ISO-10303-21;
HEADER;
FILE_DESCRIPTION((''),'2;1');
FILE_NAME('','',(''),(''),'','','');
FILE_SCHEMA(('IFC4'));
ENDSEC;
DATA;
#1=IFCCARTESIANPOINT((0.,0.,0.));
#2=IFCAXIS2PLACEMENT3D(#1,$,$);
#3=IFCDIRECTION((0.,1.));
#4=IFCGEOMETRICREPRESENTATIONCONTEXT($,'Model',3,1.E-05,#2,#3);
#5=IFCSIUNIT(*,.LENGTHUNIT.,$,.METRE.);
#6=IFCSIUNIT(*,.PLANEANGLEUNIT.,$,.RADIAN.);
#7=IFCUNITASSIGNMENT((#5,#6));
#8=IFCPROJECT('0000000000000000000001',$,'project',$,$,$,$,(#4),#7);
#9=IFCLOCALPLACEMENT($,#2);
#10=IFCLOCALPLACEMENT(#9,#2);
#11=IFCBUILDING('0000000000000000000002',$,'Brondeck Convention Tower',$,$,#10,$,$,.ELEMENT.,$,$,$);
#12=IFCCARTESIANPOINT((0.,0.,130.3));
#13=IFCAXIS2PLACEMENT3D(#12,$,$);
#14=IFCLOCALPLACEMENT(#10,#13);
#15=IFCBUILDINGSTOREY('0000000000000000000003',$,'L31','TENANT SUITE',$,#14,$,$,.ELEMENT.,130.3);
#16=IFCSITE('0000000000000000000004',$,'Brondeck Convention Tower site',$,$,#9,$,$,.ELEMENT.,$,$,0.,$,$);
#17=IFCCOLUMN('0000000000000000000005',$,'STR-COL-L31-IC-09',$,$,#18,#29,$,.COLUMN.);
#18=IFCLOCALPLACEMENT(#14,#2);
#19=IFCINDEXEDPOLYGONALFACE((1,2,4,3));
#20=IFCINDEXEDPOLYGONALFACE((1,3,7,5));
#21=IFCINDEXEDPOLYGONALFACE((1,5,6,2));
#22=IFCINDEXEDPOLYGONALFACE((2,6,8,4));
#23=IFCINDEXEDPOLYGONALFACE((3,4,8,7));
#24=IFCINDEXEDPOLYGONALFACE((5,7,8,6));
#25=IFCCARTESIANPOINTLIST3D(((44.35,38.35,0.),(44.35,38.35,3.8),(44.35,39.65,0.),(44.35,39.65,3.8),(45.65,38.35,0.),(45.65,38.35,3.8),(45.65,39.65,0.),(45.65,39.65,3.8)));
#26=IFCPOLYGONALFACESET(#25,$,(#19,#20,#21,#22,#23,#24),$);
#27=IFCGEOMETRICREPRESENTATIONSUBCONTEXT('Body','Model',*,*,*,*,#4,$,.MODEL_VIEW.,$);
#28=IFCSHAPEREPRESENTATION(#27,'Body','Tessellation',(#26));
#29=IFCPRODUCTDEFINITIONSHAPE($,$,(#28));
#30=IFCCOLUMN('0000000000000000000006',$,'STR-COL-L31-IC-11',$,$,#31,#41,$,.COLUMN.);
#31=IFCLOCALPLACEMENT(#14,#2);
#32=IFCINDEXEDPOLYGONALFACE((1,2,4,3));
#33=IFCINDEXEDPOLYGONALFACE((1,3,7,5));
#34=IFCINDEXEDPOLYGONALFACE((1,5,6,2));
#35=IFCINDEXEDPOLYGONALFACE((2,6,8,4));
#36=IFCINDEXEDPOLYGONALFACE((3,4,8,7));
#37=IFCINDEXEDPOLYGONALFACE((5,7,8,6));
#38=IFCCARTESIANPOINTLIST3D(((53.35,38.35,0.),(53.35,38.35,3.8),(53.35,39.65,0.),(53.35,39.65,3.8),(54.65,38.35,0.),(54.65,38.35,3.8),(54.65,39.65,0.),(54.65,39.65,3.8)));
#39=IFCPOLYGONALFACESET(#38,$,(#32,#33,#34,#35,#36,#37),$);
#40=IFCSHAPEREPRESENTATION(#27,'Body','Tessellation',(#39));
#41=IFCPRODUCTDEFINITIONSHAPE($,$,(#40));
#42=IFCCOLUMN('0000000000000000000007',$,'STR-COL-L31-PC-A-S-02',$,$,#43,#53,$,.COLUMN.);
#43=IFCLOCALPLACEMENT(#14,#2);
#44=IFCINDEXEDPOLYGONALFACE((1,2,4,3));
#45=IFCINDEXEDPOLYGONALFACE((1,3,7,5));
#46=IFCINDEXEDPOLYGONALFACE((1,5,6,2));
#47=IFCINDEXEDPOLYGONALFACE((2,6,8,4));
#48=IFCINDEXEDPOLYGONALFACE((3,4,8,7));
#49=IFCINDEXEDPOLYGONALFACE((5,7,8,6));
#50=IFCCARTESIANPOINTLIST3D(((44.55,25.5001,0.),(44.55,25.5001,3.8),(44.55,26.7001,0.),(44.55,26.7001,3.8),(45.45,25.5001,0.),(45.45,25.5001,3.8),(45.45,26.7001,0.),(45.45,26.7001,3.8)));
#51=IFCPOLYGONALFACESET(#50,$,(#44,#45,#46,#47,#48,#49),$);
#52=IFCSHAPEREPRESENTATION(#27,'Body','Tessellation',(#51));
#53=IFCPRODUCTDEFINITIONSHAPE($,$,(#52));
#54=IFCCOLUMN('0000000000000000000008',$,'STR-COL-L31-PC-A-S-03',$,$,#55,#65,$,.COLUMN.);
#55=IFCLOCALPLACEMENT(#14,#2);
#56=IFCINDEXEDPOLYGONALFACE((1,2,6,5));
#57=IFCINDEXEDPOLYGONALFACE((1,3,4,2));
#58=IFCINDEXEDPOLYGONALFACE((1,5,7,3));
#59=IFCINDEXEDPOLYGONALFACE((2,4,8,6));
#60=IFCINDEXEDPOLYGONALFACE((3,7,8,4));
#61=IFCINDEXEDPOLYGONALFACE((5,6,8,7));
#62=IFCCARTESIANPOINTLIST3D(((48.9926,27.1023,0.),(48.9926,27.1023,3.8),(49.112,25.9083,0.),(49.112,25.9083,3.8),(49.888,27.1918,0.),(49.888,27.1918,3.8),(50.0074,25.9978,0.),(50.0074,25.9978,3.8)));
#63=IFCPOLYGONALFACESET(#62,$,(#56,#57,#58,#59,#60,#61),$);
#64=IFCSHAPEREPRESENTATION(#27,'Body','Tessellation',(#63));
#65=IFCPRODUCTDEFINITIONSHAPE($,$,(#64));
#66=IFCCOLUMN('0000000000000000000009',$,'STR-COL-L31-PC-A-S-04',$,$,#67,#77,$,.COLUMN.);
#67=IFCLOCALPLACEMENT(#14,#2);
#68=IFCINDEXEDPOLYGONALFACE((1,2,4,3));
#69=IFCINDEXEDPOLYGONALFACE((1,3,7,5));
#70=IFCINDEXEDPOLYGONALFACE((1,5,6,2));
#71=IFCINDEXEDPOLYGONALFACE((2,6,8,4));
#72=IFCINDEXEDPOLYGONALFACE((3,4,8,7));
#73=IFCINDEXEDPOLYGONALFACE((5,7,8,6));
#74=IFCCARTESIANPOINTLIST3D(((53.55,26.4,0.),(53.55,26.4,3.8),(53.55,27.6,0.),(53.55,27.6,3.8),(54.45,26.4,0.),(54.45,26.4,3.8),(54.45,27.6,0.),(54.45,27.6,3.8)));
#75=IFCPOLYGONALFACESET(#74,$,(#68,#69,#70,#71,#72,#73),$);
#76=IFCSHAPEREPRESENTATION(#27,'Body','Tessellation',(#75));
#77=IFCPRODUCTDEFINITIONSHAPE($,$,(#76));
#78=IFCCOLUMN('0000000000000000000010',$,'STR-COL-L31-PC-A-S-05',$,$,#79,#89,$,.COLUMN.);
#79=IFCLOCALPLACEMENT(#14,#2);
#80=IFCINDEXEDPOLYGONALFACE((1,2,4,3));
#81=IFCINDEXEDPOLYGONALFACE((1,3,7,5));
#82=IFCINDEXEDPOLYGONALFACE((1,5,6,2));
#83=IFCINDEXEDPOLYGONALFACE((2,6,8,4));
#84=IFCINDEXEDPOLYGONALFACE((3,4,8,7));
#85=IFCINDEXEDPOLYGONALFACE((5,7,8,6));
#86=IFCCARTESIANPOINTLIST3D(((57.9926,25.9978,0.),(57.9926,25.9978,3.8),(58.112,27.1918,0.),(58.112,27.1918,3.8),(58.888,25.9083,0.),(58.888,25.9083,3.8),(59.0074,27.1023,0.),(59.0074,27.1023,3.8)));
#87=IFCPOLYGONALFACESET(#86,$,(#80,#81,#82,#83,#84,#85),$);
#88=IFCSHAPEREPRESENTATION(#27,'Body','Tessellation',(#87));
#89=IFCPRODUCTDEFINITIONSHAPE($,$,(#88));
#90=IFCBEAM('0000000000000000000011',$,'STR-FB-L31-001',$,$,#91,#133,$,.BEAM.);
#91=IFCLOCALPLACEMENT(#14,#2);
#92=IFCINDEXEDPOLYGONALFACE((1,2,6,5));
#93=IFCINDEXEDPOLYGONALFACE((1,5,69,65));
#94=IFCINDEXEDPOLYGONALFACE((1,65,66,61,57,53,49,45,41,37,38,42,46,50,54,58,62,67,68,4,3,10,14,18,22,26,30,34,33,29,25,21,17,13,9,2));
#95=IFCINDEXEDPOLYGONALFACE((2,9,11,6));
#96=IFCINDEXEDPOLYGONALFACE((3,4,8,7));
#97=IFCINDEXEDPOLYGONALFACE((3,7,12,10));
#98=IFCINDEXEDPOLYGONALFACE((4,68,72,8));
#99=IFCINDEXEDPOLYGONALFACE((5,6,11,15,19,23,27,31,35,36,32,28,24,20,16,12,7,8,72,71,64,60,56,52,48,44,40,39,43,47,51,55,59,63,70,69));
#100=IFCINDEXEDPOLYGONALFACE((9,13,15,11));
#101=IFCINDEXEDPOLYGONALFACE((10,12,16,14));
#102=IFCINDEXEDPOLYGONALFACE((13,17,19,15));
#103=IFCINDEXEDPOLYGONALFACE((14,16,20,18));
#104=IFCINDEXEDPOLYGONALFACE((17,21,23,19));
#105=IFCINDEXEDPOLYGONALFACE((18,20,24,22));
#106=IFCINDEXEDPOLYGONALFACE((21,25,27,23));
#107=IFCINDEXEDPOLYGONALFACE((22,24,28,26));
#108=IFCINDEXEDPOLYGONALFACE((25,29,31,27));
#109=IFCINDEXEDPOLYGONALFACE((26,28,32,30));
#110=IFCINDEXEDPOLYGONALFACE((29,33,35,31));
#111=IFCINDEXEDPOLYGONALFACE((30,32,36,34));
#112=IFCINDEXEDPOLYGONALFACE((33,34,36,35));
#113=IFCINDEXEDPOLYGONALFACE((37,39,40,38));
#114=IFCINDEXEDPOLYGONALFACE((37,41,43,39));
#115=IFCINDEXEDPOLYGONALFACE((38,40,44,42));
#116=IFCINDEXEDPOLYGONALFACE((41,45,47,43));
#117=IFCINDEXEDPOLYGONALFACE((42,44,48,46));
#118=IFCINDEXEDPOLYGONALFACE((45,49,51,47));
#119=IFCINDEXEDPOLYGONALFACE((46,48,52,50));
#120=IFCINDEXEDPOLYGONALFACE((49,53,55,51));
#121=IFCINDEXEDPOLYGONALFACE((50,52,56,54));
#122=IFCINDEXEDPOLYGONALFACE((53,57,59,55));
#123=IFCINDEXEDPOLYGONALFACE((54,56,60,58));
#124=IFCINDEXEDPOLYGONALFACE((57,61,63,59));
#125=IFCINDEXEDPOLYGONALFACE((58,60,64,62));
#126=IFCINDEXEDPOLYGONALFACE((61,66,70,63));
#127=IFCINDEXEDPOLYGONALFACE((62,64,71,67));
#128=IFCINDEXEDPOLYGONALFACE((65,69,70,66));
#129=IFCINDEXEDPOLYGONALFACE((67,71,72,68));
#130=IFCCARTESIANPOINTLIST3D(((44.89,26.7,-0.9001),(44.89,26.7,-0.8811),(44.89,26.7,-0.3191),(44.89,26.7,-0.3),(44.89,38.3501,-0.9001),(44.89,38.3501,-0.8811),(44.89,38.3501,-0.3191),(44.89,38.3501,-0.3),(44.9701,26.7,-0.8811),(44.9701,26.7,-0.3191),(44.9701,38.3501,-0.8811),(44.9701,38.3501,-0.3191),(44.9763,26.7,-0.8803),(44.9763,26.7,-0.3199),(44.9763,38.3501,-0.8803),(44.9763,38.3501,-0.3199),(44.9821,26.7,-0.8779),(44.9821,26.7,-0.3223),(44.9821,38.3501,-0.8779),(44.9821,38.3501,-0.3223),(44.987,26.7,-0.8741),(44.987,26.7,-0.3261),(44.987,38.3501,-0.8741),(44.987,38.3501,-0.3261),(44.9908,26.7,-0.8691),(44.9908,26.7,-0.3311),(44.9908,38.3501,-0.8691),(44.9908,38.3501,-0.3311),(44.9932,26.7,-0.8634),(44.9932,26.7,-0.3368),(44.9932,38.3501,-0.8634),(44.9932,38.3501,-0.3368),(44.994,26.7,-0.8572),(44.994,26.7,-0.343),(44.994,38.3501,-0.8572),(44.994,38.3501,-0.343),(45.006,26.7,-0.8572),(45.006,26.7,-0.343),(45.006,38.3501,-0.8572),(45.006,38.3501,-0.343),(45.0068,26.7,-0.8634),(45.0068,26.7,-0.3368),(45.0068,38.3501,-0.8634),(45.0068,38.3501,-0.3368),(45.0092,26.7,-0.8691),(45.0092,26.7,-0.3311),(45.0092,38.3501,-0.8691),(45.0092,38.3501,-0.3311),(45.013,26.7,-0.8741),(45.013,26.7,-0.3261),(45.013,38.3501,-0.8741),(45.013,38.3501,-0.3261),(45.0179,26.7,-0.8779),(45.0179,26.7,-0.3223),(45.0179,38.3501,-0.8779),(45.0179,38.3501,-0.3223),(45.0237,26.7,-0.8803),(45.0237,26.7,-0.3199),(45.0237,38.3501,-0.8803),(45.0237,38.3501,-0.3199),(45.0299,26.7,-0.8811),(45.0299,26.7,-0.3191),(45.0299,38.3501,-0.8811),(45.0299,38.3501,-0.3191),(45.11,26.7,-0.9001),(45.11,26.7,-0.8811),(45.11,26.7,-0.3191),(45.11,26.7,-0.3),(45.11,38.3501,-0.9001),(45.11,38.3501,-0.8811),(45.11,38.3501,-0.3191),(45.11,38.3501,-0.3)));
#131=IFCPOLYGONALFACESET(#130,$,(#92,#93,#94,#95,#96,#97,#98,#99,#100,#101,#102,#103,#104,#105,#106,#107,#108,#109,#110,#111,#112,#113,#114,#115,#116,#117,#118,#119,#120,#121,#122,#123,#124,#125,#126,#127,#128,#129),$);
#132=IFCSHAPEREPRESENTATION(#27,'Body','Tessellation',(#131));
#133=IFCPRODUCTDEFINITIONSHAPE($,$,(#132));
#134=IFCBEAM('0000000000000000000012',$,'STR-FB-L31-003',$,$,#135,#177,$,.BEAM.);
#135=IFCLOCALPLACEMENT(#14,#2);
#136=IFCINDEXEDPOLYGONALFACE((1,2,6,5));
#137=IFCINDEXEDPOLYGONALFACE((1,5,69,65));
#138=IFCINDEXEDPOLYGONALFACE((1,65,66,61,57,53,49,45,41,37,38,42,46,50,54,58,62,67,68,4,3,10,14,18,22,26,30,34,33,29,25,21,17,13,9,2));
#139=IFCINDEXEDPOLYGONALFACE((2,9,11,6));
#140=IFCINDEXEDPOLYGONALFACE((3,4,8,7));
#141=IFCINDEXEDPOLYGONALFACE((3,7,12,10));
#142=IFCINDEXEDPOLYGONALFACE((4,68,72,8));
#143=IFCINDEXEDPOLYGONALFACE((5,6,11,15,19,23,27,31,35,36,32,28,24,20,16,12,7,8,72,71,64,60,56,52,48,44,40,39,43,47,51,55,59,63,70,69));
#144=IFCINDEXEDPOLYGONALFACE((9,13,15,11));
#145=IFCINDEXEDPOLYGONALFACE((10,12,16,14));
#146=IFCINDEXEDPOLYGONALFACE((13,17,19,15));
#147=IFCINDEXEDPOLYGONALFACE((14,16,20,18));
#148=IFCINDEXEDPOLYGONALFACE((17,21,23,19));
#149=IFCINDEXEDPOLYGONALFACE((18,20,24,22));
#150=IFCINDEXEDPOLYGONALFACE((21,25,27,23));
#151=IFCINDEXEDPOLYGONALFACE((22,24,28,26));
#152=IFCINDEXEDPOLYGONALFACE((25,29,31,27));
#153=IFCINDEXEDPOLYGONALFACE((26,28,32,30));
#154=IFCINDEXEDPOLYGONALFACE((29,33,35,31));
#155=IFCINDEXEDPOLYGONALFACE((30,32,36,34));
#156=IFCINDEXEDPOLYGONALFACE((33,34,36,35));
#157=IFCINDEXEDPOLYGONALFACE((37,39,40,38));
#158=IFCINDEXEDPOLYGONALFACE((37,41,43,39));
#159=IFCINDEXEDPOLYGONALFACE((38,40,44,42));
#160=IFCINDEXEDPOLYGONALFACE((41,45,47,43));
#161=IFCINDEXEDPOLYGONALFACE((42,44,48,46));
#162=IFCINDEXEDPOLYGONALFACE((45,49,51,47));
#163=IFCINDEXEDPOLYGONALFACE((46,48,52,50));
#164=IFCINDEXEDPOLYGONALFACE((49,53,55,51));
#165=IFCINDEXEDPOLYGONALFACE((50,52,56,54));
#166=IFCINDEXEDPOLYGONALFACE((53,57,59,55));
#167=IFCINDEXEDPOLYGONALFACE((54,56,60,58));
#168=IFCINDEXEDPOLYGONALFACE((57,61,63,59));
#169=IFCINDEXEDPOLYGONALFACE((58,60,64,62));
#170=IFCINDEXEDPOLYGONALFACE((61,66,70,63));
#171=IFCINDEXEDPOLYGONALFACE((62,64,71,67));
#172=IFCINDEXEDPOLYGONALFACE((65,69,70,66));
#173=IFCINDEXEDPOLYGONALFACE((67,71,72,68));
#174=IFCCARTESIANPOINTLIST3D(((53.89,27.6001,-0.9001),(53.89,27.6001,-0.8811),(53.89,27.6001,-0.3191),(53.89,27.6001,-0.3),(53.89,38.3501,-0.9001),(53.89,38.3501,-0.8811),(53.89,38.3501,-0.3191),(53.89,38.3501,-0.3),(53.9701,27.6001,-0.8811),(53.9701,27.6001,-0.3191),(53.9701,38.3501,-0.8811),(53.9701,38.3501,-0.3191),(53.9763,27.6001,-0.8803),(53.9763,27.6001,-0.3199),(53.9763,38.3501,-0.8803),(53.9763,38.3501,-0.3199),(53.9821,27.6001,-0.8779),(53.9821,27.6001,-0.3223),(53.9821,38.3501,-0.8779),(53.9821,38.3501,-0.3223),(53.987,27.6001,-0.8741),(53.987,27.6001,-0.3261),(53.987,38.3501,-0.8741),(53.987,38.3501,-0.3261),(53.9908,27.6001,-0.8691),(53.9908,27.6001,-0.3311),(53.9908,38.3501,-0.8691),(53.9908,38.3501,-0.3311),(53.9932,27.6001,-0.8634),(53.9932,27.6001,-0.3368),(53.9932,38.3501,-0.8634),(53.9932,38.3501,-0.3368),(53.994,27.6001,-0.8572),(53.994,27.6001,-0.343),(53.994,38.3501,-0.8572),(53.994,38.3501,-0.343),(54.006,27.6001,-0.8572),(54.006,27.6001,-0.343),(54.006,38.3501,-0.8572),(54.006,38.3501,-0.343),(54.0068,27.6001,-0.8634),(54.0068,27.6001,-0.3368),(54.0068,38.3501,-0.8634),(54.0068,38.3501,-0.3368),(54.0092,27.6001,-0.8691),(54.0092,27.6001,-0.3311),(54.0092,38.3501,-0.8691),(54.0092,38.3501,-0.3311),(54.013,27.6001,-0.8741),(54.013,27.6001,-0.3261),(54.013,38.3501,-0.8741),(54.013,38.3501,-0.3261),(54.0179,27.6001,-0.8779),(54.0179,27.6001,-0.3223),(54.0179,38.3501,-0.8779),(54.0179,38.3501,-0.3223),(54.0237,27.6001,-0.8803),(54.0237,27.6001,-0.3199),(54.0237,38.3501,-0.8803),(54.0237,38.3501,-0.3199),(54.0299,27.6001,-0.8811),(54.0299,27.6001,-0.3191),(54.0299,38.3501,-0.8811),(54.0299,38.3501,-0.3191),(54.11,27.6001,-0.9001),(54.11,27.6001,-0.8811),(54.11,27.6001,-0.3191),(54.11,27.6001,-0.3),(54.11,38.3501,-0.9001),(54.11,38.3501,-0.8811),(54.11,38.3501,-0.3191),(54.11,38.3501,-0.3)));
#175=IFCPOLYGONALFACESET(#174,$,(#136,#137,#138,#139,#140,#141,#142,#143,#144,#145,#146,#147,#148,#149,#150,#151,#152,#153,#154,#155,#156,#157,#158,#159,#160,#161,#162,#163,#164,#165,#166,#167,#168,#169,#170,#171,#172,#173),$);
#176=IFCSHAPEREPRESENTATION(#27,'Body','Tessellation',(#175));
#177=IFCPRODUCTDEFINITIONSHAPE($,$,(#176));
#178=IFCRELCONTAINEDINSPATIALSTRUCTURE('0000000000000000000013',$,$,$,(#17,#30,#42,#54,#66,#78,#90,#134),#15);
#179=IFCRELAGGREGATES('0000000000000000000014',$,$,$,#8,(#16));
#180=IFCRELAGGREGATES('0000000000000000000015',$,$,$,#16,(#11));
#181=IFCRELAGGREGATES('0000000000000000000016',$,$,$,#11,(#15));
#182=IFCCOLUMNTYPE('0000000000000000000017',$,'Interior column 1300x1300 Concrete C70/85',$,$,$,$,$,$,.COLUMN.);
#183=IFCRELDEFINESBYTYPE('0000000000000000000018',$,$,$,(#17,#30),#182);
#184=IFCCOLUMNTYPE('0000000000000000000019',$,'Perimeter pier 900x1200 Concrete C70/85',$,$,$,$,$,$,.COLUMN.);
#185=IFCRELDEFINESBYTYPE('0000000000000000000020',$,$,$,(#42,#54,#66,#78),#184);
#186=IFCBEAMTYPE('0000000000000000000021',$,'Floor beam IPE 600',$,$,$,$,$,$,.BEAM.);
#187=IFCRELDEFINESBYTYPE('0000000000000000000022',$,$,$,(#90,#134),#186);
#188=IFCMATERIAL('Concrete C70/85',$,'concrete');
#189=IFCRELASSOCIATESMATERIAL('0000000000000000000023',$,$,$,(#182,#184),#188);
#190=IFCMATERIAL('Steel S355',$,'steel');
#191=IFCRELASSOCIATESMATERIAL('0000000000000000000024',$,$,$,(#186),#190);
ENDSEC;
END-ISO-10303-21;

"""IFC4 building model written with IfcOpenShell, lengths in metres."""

from ifc_helpers import new_model, si_unit, direction, frame, origin, origin_2d, place, context, subcontext, project, spatial, rectangle, i_section, extrude, material, material_profile, profile_set, type_object, element, save


model = new_model("IFC4")

# Units and contexts
model_context = context("Model", 3, precision=1e-05, world=origin(), true_north=direction((0.0, 1.0)))
body_context = subcontext(model_context, "Body", "Model", "MODEL_VIEW")
ifc_project = project(units=[si_unit("LENGTHUNIT", "METRE"), si_unit("PLANEANGLEUNIT", "RADIAN")], contexts=[model_context])

# Site, building, storey
site_placement = place(None, origin())
site = spatial("IfcSite", under=ifc_project, at=site_placement, Name="Brondeck Convention Tower site", CompositionType="ELEMENT", RefElevation=0.0)
building_placement = place(site_placement, origin())
building = spatial("IfcBuilding", under=site, at=building_placement, Name="Brondeck Convention Tower", CompositionType="ELEMENT")
storey_placement = place(building_placement, frame((0.0, 0.0, 130.3)))
storey = spatial("IfcBuildingStorey", under=building, at=storey_placement, Name="L31", Description="TENANT SUITE", CompositionType="ELEMENT", Elevation=130.3)

# Columns
ifc_material_1 = material(Name="Concrete C70/85", Category="concrete")
ifc_material_profile_1 = material_profile(ifc_material_1, rectangle(XDim=1.3, YDim=1.3, at=origin_2d()), Name="Interior column 1300x1300 Concrete C70/85")
ifc_profile_set_1 = profile_set([ifc_material_profile_1], Name="Concrete C70/85")
column_type_1 = type_object("IfcColumnType", Name="Interior column 1300x1300 Concrete C70/85", PredefinedType="COLUMN", material=ifc_profile_set_1)
for number, where, z_axis, x_axis, name in (
    (1, (45.0, 39.0, 0.0), (0.0, 0.0, 1.0), (1.0, 0.0, 0.0), "STR-COL-L31-IC-09"),
    (2, (54.0, 39.0, 0.0), (0.0, 0.0, 1.0), (1.0, 0.0, 0.0), "STR-COL-L31-IC-11"),
):
    element("IfcColumn", number, at=place(storey_placement, frame(where, z_axis=z_axis, x_axis=x_axis)), inside=storey, type_object=column_type_1, Name=name, PredefinedType="COLUMN", context=body_context, shape_type="SweptSolid", body=[
        extrude(rectangle(XDim=1.3, YDim=1.3, at=origin_2d()), origin(), (0.0, 0.0, 1.0), 3.8),
    ])
ifc_material_profile_2 = material_profile(ifc_material_1, rectangle(XDim=0.8999, YDim=1.2, at=origin_2d()), Name="Perimeter pier 900x1200 Concrete C70/85")
ifc_profile_set_2 = profile_set([ifc_material_profile_2], Name="Concrete C70/85")
column_type_2 = type_object("IfcColumnType", Name="Perimeter pier 900x1200 Concrete C70/85", PredefinedType="COLUMN", material=ifc_profile_set_2)
for number, where, z_axis, x_axis, name in (
    (3, (45.0, 26.1001, 0.0), (0.0, 0.0, 1.0), (1.0, 0.0, 0.0), "STR-COL-L31-PC-A-S-02"),
    (4, (49.5, 26.55, 0.0), (0.0, 0.0, 1.0), (0.995037, 0.099504, 0.0), "STR-COL-L31-PC-A-S-03"),
    (5, (54.0, 27.0, 0.0), (0.0, 0.0, 1.0), (1.0, 0.0, 0.0), "STR-COL-L31-PC-A-S-04"),
    (6, (58.5, 26.55, 0.0), (0.0, 0.0, 1.0), (0.995037, -0.099504, 0.0), "STR-COL-L31-PC-A-S-05"),
):
    element("IfcColumn", number, at=place(storey_placement, frame(where, z_axis=z_axis, x_axis=x_axis)), inside=storey, type_object=column_type_2, Name=name, PredefinedType="COLUMN", context=body_context, shape_type="SweptSolid", body=[
        extrude(rectangle(XDim=0.8999, YDim=1.2, at=origin_2d()), origin(), (0.0, 0.0, 1.0), 3.8),
    ])

# Beams
ifc_material_2 = material(Name="Steel S355", Category="steel")
ifc_material_profile_3 = material_profile(ifc_material_2, i_section(OverallWidth=0.22, OverallDepth=0.6001, WebThickness=0.012, FlangeThickness=0.019, FilletRadius=0.0239, at=origin_2d()), Name="IPE 600")
ifc_profile_set_3 = profile_set([ifc_material_profile_3], Name="Steel S355")
beam_type_1 = type_object("IfcBeamType", Name="Floor beam IPE 600", PredefinedType="BEAM", material=ifc_profile_set_3)
beam_1_placement = place(storey_placement, frame((45.0, 26.7, -0.6001), z_axis=(0.0, 1.0, 0.0), x_axis=(-1.0, 0.0, 0.0)))
element("IfcBeam", 7, at=beam_1_placement, inside=storey, type_object=beam_type_1, Name="STR-FB-L31-001", PredefinedType="BEAM", context=body_context, shape_type="SweptSolid", body=[
    extrude(i_section(OverallWidth=0.22, OverallDepth=0.6001, WebThickness=0.012, FlangeThickness=0.019, FilletRadius=0.0239, at=origin_2d()), origin(), (0.0, 0.0, 1.0), 11.6501),
])
beam_2_placement = place(storey_placement, frame((54.0, 27.6001, -0.6001), z_axis=(0.0, 1.0, 0.0), x_axis=(-1.0, 0.0, 0.0)))
element("IfcBeam", 8, at=beam_2_placement, inside=storey, type_object=beam_type_1, Name="STR-FB-L31-003", PredefinedType="BEAM", context=body_context, shape_type="SweptSolid", body=[
    extrude(i_section(OverallWidth=0.22, OverallDepth=0.6001, WebThickness=0.012, FlangeThickness=0.019, FilletRadius=0.0239, at=origin_2d()), origin(), (0.0, 0.0, 1.0), 10.75),
])

save(model, "model.ifc")
